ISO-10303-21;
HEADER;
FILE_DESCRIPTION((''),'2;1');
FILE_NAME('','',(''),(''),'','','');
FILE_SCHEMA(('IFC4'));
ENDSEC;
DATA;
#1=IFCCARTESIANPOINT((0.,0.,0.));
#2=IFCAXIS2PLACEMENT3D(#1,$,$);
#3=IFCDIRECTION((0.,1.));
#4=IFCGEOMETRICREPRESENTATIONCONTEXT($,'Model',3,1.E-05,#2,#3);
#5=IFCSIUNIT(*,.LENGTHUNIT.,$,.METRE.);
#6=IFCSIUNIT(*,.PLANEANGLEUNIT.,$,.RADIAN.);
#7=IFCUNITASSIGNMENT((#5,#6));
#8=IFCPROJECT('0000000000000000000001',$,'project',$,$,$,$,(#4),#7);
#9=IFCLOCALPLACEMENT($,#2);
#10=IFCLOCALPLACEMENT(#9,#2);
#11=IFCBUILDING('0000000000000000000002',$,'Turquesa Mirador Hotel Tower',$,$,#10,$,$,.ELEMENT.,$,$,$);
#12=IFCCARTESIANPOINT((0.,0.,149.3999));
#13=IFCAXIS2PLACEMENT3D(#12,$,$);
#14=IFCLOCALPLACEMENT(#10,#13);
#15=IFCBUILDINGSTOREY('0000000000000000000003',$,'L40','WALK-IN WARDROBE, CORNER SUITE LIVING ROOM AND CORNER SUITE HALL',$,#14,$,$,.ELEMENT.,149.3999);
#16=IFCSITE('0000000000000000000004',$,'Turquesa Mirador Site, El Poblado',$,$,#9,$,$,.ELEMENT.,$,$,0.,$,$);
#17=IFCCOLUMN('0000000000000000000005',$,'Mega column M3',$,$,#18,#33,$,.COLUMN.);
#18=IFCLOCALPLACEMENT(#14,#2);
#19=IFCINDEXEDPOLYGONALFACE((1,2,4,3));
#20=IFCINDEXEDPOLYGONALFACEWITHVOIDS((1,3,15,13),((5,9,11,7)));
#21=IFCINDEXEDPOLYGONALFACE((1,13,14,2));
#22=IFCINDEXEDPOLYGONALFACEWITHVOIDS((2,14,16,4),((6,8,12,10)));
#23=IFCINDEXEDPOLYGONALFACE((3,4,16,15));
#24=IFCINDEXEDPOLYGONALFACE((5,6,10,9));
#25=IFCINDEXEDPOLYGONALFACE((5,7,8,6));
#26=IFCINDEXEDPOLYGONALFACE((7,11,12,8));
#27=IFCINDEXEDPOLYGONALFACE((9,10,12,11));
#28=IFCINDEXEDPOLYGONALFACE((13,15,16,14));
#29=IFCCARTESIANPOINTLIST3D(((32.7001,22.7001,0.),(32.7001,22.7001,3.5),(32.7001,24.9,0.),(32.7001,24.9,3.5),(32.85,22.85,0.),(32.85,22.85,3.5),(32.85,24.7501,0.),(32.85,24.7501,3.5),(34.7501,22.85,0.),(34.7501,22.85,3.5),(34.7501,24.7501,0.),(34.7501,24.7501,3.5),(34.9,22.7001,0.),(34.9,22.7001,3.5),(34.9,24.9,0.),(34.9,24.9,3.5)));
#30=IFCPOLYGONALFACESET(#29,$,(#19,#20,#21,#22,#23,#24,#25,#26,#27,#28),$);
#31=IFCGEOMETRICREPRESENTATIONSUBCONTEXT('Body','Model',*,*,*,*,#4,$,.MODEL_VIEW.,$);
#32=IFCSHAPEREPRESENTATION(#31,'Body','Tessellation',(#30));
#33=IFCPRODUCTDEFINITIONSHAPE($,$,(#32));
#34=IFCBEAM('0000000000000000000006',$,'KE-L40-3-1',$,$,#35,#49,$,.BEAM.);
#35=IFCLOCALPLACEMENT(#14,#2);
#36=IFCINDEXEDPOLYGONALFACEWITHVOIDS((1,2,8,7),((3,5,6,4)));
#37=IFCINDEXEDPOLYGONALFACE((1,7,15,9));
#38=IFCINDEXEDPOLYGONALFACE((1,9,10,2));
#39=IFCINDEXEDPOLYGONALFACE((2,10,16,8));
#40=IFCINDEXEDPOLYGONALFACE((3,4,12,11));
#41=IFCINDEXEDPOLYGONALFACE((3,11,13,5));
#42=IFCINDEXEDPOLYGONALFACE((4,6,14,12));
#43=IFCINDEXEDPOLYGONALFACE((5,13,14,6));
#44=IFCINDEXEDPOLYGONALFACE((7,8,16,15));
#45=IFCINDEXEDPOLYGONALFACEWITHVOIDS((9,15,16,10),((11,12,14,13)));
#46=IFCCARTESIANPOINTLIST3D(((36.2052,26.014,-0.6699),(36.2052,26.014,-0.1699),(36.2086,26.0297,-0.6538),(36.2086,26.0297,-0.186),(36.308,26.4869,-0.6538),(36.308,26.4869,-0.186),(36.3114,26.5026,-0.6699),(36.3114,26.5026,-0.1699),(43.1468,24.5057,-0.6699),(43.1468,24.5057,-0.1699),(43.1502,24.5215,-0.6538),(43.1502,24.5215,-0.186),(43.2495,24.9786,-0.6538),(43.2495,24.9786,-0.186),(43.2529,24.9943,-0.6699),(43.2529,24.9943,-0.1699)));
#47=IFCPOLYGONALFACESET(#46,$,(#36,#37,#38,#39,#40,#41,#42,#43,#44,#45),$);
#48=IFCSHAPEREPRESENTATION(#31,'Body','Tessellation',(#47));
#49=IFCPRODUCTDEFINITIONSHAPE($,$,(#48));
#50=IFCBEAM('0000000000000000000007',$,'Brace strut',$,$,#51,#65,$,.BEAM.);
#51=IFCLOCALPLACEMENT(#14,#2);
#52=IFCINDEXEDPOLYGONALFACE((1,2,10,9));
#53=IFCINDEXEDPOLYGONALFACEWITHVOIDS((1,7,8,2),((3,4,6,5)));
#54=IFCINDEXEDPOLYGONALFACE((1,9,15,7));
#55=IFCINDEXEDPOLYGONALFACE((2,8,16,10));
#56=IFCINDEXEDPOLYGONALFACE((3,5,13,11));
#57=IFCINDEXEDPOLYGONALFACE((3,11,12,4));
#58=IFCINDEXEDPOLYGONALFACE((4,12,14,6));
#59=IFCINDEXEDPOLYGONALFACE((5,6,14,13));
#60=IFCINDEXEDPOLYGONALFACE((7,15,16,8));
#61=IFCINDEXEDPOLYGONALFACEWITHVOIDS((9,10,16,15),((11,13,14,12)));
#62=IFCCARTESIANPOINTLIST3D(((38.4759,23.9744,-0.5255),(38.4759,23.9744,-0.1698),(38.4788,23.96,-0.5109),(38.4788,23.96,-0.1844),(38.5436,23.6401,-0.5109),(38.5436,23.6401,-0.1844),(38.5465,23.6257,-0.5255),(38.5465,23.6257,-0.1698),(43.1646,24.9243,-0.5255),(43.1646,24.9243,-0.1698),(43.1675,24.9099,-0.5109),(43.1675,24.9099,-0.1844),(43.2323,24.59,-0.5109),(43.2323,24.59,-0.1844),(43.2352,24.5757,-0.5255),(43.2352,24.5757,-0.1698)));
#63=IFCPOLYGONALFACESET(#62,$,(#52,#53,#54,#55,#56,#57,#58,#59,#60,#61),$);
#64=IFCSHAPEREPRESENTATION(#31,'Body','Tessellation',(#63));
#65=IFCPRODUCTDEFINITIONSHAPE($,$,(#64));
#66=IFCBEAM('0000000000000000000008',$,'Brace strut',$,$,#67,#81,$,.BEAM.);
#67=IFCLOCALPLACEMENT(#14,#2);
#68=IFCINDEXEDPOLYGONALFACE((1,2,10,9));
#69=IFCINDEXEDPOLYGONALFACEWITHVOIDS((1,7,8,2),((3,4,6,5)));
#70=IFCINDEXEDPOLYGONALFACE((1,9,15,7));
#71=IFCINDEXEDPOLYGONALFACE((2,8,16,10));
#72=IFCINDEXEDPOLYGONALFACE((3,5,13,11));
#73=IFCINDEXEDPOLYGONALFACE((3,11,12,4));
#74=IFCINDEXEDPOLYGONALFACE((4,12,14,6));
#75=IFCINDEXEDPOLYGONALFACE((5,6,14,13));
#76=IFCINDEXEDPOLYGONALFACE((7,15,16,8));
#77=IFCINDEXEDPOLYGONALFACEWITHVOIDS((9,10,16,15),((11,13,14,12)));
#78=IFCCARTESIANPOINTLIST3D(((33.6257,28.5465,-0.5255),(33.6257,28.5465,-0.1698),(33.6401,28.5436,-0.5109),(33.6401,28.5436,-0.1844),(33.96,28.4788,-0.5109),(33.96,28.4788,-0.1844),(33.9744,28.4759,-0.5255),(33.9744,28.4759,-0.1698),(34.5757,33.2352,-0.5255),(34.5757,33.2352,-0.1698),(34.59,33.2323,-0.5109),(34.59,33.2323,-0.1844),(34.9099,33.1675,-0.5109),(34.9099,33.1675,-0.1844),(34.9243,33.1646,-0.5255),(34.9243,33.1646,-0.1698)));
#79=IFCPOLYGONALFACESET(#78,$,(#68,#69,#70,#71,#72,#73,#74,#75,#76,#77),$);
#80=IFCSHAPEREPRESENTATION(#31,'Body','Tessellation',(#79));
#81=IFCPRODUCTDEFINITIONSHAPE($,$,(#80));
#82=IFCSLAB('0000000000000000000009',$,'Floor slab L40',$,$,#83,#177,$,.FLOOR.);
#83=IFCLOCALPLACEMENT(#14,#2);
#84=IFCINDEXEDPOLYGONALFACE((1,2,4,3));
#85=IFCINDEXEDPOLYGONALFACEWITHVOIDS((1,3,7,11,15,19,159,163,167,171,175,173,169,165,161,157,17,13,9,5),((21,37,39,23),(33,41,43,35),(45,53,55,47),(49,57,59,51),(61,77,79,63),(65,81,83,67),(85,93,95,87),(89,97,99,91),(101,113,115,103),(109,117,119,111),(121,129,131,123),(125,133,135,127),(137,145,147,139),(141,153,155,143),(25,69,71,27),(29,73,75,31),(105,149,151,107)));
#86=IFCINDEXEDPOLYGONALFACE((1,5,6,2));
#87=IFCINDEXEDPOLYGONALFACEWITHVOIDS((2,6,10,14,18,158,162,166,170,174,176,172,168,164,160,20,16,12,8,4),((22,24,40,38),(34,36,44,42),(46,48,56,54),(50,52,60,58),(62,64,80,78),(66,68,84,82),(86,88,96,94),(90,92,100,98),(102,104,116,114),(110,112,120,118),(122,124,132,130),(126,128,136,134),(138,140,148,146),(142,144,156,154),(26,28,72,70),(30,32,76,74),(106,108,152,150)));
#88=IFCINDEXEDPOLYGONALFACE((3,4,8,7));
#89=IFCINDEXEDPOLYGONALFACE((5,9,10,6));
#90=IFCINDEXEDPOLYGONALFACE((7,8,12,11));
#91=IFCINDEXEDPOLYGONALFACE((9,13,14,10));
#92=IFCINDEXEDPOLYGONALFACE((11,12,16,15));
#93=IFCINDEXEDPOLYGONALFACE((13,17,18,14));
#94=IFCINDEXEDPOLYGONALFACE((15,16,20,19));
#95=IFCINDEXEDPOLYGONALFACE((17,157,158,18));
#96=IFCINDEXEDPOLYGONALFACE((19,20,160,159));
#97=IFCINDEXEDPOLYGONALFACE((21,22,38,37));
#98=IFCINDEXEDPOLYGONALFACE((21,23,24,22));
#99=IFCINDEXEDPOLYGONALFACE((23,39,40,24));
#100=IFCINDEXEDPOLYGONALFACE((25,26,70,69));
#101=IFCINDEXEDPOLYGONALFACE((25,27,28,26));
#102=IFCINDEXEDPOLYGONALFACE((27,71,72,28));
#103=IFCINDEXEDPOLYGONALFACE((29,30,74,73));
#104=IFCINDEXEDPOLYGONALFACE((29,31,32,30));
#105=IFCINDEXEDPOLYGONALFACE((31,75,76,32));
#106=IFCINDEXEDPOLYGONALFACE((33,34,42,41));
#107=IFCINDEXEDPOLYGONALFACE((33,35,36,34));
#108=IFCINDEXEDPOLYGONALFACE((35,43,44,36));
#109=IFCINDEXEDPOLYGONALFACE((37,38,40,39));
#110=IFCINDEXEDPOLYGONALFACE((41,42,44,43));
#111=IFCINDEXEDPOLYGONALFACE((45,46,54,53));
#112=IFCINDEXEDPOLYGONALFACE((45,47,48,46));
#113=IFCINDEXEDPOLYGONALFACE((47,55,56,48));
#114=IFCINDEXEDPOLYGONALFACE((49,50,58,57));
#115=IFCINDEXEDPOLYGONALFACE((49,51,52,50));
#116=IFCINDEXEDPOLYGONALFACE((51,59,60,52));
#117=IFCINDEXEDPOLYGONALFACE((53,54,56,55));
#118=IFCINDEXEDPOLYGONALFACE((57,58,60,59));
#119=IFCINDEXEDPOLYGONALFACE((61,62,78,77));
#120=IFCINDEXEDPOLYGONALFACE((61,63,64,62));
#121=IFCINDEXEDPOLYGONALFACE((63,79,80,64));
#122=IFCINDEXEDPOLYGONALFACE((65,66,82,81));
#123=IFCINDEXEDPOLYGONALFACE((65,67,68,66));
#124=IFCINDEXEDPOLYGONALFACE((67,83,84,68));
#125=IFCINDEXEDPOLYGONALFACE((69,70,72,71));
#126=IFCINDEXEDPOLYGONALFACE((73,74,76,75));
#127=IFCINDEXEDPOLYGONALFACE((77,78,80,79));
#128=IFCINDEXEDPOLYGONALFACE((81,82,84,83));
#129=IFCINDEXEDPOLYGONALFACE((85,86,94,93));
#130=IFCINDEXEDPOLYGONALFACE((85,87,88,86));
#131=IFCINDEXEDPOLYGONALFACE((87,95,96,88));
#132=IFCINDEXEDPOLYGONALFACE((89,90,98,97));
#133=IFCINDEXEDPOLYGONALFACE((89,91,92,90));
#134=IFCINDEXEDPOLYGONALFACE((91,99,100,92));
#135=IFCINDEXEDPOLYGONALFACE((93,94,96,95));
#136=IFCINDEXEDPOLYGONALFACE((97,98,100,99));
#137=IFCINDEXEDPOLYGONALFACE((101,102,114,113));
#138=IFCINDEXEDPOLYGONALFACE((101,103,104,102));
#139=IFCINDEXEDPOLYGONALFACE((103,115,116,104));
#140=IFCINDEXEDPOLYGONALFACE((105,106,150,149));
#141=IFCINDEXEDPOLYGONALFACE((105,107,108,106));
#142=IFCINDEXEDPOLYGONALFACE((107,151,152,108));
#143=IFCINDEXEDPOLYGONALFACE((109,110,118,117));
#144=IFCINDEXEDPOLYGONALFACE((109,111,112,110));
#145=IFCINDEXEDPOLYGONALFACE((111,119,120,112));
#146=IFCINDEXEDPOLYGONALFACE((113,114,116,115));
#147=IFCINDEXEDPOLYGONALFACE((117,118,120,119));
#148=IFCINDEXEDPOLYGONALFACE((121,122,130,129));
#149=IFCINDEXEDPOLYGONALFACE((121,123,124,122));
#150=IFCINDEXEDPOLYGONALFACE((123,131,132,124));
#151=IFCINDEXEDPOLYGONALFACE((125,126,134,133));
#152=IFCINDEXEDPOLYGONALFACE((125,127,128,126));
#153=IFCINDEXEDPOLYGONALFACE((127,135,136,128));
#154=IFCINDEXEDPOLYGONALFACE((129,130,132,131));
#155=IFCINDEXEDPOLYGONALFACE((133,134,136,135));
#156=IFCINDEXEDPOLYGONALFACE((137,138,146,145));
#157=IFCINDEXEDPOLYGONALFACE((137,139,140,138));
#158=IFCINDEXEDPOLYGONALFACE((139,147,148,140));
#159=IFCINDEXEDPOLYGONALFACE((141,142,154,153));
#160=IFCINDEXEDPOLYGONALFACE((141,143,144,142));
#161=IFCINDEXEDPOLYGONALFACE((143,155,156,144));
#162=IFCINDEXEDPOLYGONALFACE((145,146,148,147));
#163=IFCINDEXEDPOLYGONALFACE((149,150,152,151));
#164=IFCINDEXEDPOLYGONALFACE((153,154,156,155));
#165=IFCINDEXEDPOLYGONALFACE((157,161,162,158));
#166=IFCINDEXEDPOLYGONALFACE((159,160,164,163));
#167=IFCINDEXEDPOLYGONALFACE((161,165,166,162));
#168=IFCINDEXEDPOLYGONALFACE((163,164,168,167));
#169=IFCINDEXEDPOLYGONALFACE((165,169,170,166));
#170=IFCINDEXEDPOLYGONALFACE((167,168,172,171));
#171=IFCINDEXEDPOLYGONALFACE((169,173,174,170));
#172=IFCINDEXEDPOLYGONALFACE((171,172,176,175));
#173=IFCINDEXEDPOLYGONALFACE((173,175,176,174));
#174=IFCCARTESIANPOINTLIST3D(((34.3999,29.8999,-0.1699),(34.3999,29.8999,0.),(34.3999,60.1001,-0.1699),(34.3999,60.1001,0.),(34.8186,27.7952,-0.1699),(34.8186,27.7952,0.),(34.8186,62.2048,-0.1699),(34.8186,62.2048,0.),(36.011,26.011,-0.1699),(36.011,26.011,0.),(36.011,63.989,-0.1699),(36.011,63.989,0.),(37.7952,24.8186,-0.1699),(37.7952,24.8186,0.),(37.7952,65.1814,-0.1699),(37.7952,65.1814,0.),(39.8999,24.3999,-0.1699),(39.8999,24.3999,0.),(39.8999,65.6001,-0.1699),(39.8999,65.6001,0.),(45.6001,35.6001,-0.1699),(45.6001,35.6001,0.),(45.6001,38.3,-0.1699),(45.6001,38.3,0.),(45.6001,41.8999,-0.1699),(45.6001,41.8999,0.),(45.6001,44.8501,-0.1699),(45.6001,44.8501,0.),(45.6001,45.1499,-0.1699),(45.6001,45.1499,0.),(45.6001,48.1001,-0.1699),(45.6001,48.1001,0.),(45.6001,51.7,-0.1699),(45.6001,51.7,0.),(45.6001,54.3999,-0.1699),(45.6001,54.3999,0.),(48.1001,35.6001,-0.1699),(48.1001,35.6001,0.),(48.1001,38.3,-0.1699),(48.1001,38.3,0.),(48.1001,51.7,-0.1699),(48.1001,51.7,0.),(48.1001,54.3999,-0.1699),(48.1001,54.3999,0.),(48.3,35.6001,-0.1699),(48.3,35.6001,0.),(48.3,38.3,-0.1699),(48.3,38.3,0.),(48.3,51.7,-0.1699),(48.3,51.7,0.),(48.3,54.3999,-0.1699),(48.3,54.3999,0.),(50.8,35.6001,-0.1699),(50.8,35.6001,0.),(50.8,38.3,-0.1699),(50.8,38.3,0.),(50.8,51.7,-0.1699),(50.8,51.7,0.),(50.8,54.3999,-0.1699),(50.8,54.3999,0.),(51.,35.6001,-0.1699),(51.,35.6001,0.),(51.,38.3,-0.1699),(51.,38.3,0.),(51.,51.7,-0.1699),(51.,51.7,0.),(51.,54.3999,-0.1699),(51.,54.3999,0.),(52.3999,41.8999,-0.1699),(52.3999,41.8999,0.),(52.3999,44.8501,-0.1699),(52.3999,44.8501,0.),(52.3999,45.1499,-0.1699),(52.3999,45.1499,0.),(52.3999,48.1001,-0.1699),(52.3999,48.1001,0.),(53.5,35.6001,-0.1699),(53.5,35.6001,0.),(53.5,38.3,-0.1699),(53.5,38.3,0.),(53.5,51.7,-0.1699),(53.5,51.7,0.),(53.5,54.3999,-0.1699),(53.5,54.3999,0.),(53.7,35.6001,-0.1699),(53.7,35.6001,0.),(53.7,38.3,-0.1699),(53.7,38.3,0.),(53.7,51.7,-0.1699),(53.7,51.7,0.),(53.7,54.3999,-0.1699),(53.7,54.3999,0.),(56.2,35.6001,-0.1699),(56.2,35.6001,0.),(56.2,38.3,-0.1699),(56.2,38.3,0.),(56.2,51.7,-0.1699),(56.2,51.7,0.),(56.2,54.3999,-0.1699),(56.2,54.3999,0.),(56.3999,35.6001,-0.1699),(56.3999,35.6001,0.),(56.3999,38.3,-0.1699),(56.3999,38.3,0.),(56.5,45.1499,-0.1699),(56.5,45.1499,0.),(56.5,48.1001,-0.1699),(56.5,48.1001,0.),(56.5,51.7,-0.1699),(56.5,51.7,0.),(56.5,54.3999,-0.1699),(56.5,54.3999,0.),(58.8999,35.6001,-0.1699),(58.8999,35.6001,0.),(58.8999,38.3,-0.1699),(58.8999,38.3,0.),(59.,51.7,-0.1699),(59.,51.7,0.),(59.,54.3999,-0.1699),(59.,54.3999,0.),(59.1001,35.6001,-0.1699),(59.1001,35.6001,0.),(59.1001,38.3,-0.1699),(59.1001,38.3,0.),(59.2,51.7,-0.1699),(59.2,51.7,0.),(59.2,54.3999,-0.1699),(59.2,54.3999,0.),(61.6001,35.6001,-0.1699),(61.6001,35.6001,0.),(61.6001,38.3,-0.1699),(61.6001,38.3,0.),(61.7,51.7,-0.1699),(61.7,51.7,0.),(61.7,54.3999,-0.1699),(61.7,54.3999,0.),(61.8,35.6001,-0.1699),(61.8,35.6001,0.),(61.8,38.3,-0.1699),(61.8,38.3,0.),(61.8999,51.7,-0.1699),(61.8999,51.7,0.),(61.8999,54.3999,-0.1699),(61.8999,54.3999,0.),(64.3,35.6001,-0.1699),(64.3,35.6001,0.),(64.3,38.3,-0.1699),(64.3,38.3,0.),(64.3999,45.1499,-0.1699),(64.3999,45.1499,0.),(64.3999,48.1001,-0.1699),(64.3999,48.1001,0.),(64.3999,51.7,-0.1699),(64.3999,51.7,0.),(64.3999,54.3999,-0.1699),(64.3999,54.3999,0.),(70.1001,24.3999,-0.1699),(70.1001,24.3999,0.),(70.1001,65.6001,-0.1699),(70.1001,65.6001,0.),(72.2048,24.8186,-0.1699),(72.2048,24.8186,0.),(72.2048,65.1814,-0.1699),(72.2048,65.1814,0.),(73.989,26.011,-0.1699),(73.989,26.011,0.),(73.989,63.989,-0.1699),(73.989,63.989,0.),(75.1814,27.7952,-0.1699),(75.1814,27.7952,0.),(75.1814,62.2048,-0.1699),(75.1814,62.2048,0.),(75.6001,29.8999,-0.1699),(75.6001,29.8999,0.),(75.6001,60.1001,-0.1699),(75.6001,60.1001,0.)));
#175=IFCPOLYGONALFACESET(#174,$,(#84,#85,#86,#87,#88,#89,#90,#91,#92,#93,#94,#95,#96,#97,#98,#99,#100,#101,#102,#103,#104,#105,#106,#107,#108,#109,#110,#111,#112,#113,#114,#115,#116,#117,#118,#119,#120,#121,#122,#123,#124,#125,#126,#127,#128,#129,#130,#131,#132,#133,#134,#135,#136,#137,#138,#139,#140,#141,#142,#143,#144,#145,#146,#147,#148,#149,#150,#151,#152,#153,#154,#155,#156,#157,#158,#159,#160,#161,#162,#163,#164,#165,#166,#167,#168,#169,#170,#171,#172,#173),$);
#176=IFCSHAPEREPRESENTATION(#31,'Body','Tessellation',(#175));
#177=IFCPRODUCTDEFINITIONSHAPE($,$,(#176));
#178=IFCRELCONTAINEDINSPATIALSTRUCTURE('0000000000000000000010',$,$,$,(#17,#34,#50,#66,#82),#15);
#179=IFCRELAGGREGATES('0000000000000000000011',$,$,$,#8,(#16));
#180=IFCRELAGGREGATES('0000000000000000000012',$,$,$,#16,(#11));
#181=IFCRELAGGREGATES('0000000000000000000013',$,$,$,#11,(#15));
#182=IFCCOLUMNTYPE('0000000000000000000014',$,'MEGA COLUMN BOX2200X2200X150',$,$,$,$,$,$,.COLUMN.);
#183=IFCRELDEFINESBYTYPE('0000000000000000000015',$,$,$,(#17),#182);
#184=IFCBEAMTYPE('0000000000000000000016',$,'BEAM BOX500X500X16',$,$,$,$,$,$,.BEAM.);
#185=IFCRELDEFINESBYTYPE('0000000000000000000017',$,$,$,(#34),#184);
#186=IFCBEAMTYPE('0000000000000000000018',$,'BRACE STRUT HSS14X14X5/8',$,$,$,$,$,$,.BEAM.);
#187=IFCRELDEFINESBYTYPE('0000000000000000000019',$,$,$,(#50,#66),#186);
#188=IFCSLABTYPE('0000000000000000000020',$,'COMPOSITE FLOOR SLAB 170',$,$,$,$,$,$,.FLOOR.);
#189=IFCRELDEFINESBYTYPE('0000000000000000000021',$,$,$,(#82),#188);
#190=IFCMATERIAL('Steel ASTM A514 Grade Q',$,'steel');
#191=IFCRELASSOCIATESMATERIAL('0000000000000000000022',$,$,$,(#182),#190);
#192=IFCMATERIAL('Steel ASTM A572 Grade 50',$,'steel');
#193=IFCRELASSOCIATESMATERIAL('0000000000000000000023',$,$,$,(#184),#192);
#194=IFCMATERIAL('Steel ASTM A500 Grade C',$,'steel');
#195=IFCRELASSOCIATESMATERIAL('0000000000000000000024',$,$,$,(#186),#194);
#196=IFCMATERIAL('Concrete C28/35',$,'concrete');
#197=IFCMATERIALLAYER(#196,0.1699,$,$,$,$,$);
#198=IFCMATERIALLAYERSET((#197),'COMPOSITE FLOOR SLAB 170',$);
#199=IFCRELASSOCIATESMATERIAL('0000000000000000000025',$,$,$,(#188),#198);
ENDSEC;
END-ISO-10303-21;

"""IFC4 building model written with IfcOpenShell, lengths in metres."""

from ifc_helpers import new_model, si_unit, direction, frame, origin, origin_2d, place, context, subcontext, project, spatial, polyline, hollow_rectangle, outline, extrude, material, layer, layer_set, material_profile, profile_set, type_object, element, save


model = new_model("IFC4")

# Units and contexts
model_context = context("Model", 3, precision=1e-05, world=origin(), true_north=direction((0.0, 1.0)))
body_context = subcontext(model_context, "Body", "Model", "MODEL_VIEW")
ifc_project = project(units=[si_unit("LENGTHUNIT", "METRE"), si_unit("PLANEANGLEUNIT", "RADIAN")], contexts=[model_context])

# Site, building, storey
site_placement = place(None, origin())
site = spatial("IfcSite", under=ifc_project, at=site_placement, Name="Turquesa Mirador Site, El Poblado", CompositionType="ELEMENT", RefElevation=0.0)
building_placement = place(site_placement, origin())
building = spatial("IfcBuilding", under=site, at=building_placement, Name="Turquesa Mirador Hotel Tower", CompositionType="ELEMENT")
storey_placement = place(building_placement, frame((0.0, 0.0, 149.3999)))
storey = spatial("IfcBuildingStorey", under=building, at=storey_placement, Name="L40", Description="WALK-IN WARDROBE, CORNER SUITE LIVING ROOM AND CORNER SUITE HALL", CompositionType="ELEMENT", Elevation=149.3999)

# Column
ifc_material_1 = material(Name="Steel ASTM A514 Grade Q", Category="steel")
ifc_material_profile_1 = material_profile(ifc_material_1, hollow_rectangle(XDim=2.2, YDim=2.2, WallThickness=0.1499, at=origin_2d()), Name="BOX2200X2200X150")
ifc_profile_set_1 = profile_set([ifc_material_profile_1], Name="Steel ASTM A514 Grade Q")
column_type = type_object("IfcColumnType", Name="MEGA COLUMN BOX2200X2200X150", PredefinedType="COLUMN", material=ifc_profile_set_1)
column_placement = place(storey_placement, frame((33.8, 23.8, 0.0), z_axis=(0.0, 0.0, 1.0), x_axis=(1.0, 0.0, 0.0)))
element("IfcColumn", 1, at=column_placement, inside=storey, type_object=column_type, Name="Mega column M3", PredefinedType="COLUMN", context=body_context, shape_type="SweptSolid", body=[
    extrude(hollow_rectangle(XDim=2.2, YDim=2.2, WallThickness=0.1499, at=origin_2d()), origin(), (0.0, 0.0, 1.0), 3.5),
])

# Beams
ifc_material_2 = material(Name="Steel ASTM A572 Grade 50", Category="steel")
ifc_material_profile_2 = material_profile(ifc_material_2, hollow_rectangle(XDim=0.5, YDim=0.5, WallThickness=0.0161, at=origin_2d()), Name="BOX500X500X16")
ifc_profile_set_2 = profile_set([ifc_material_profile_2], Name="Steel ASTM A572 Grade 50")
beam_type_1 = type_object("IfcBeamType", Name="BEAM BOX500X500X16", PredefinedType="BEAM", material=ifc_profile_set_2)
beam_placement = place(storey_placement, frame((36.2583, 26.2583, -0.4199), z_axis=(0.977198, -0.212328, 0.0), x_axis=(0.212328, 0.977198, 0.0)))
element("IfcBeam", 2, at=beam_placement, inside=storey, type_object=beam_type_1, Name="KE-L40-3-1", PredefinedType="BEAM", context=body_context, shape_type="SweptSolid", body=[
    extrude(hollow_rectangle(XDim=0.5, YDim=0.5, WallThickness=0.0161, at=origin_2d()), origin(), (0.0, 0.0, 1.0), 7.1035),
])
ifc_material_3 = material(Name="Steel ASTM A500 Grade C", Category="steel")
ifc_material_profile_3 = material_profile(ifc_material_3, hollow_rectangle(XDim=0.3557, YDim=0.3557, WallThickness=0.0146, at=origin_2d()), Name="HSS14X14X5/8")
ifc_profile_set_3 = profile_set([ifc_material_profile_3], Name="Steel ASTM A500 Grade C")
beam_type_2 = type_object("IfcBeamType", Name="BRACE STRUT HSS14X14X5/8", PredefinedType="BEAM", material=ifc_profile_set_3)
for number, where, z_axis, x_axis, name in (
    (3, (38.5112, 23.8, -0.3477), (0.980087, 0.198569, 0.0), (-0.198569, 0.980087, 0.0), "Brace strut"),
    (4, (33.8, 28.5112, -0.3477), (0.198569, 0.980087, 0.0), (-0.980087, 0.198569, 0.0), "Brace strut"),
):
    element("IfcBeam", number, at=place(storey_placement, frame(where, z_axis=z_axis, x_axis=x_axis)), inside=storey, type_object=beam_type_2, Name=name, PredefinedType="BEAM", context=body_context, shape_type="SweptSolid", body=[
        extrude(hollow_rectangle(XDim=0.3557, YDim=0.3557, WallThickness=0.0146, at=origin_2d()), origin(), (0.0, 0.0, 1.0), 4.7839),
    ])

# Slab
ifc_material_4 = material(Name="Concrete C28/35", Category="concrete")
ifc_layer_1 = layer(ifc_material_4, 0.1699)
ifc_layer_set_1 = layer_set([ifc_layer_1], Name="COMPOSITE FLOOR SLAB 170")
slab_type_1 = type_object("IfcSlabType", Name="COMPOSITE FLOOR SLAB 170", PredefinedType="FLOOR", material=ifc_layer_set_1)
slab_1_placement = place(storey_placement, frame((0.0, 0.0, -0.1699)))
element("IfcSlab", 5, at=slab_1_placement, inside=storey, type_object=slab_type_1, Name="Floor slab L40", PredefinedType="FLOOR", context=body_context, shape_type="SweptSolid", body=[
    extrude(outline(polyline([(70.1001, 24.3999), (72.2048, 24.8186), (73.989, 26.011), (75.1814, 27.7952), (75.6001, 29.8999), (75.6001, 60.1001), (75.1814, 62.2048), (73.989, 63.989), (72.2048, 65.1814), (70.1001, 65.6001), (39.8999, 65.6001), (37.7952, 65.1814), (36.011, 63.989), (34.8186, 62.2048), (34.3999, 60.1001), (34.3999, 29.8999), (34.8186, 27.7952), (36.011, 26.011), (37.7952, 24.8186), (39.8999, 24.3999), (70.1001, 24.3999)]), holes=[polyline([(45.6001, 51.7), (48.1001, 51.7), (48.1001, 54.3999), (45.6001, 54.3999), (45.6001, 51.7)]), polyline([(48.3, 51.7), (50.8, 51.7), (50.8, 54.3999), (48.3, 54.3999), (48.3, 51.7)]), polyline([(51.0, 51.7), (53.5, 51.7), (53.5, 54.3999), (51.0, 54.3999), (51.0, 51.7)]), polyline([(53.7, 51.7), (56.2, 51.7), (56.2, 54.3999), (53.7, 54.3999), (53.7, 51.7)]), polyline([(56.5, 51.7), (59.0, 51.7), (59.0, 54.3999), (56.5, 54.3999), (56.5, 51.7)]), polyline([(59.2, 51.7), (61.7, 51.7), (61.7, 54.3999), (59.2, 54.3999), (59.2, 51.7)]), polyline([(45.6001, 35.6001), (48.1001, 35.6001), (48.1001, 38.3), (45.6001, 38.3), (45.6001, 35.6001)]), polyline([(48.3, 35.6001), (50.8, 35.6001), (50.8, 38.3), (48.3, 38.3), (48.3, 35.6001)]), polyline([(51.0, 35.6001), (53.5, 35.6001), (53.5, 38.3), (51.0, 38.3), (51.0, 35.6001)]), polyline([(53.7, 35.6001), (56.2, 35.6001), (56.2, 38.3), (53.7, 38.3), (53.7, 35.6001)]), polyline([(56.3999, 35.6001), (58.8999, 35.6001), (58.8999, 38.3), (56.3999, 38.3), (56.3999, 35.6001)]), polyline([(59.1001, 35.6001), (61.6001, 35.6001), (61.6001, 38.3), (59.1001, 38.3), (59.1001, 35.6001)]), polyline([(61.8, 35.6001), (64.3, 35.6001), (64.3, 38.3), (61.8, 38.3), (61.8, 35.6001)]), polyline([(45.6001, 45.1499), (52.3999, 45.1499), (52.3999, 48.1001), (45.6001, 48.1001), (45.6001, 45.1499)]), polyline([(45.6001, 41.8999), (52.3999, 41.8999), (52.3999, 44.8501), (45.6001, 44.8501), (45.6001, 41.8999)]), polyline([(56.5, 45.1499), (64.3999, 45.1499), (64.3999, 48.1001), (56.5, 48.1001), (56.5, 45.1499)]), polyline([(61.8999, 51.7), (64.3999, 51.7), (64.3999, 54.3999), (61.8999, 54.3999), (61.8999, 51.7)])]), origin(), (0.0, 0.0, 1.0), 0.1699),
])

save(model, "model.ifc")
